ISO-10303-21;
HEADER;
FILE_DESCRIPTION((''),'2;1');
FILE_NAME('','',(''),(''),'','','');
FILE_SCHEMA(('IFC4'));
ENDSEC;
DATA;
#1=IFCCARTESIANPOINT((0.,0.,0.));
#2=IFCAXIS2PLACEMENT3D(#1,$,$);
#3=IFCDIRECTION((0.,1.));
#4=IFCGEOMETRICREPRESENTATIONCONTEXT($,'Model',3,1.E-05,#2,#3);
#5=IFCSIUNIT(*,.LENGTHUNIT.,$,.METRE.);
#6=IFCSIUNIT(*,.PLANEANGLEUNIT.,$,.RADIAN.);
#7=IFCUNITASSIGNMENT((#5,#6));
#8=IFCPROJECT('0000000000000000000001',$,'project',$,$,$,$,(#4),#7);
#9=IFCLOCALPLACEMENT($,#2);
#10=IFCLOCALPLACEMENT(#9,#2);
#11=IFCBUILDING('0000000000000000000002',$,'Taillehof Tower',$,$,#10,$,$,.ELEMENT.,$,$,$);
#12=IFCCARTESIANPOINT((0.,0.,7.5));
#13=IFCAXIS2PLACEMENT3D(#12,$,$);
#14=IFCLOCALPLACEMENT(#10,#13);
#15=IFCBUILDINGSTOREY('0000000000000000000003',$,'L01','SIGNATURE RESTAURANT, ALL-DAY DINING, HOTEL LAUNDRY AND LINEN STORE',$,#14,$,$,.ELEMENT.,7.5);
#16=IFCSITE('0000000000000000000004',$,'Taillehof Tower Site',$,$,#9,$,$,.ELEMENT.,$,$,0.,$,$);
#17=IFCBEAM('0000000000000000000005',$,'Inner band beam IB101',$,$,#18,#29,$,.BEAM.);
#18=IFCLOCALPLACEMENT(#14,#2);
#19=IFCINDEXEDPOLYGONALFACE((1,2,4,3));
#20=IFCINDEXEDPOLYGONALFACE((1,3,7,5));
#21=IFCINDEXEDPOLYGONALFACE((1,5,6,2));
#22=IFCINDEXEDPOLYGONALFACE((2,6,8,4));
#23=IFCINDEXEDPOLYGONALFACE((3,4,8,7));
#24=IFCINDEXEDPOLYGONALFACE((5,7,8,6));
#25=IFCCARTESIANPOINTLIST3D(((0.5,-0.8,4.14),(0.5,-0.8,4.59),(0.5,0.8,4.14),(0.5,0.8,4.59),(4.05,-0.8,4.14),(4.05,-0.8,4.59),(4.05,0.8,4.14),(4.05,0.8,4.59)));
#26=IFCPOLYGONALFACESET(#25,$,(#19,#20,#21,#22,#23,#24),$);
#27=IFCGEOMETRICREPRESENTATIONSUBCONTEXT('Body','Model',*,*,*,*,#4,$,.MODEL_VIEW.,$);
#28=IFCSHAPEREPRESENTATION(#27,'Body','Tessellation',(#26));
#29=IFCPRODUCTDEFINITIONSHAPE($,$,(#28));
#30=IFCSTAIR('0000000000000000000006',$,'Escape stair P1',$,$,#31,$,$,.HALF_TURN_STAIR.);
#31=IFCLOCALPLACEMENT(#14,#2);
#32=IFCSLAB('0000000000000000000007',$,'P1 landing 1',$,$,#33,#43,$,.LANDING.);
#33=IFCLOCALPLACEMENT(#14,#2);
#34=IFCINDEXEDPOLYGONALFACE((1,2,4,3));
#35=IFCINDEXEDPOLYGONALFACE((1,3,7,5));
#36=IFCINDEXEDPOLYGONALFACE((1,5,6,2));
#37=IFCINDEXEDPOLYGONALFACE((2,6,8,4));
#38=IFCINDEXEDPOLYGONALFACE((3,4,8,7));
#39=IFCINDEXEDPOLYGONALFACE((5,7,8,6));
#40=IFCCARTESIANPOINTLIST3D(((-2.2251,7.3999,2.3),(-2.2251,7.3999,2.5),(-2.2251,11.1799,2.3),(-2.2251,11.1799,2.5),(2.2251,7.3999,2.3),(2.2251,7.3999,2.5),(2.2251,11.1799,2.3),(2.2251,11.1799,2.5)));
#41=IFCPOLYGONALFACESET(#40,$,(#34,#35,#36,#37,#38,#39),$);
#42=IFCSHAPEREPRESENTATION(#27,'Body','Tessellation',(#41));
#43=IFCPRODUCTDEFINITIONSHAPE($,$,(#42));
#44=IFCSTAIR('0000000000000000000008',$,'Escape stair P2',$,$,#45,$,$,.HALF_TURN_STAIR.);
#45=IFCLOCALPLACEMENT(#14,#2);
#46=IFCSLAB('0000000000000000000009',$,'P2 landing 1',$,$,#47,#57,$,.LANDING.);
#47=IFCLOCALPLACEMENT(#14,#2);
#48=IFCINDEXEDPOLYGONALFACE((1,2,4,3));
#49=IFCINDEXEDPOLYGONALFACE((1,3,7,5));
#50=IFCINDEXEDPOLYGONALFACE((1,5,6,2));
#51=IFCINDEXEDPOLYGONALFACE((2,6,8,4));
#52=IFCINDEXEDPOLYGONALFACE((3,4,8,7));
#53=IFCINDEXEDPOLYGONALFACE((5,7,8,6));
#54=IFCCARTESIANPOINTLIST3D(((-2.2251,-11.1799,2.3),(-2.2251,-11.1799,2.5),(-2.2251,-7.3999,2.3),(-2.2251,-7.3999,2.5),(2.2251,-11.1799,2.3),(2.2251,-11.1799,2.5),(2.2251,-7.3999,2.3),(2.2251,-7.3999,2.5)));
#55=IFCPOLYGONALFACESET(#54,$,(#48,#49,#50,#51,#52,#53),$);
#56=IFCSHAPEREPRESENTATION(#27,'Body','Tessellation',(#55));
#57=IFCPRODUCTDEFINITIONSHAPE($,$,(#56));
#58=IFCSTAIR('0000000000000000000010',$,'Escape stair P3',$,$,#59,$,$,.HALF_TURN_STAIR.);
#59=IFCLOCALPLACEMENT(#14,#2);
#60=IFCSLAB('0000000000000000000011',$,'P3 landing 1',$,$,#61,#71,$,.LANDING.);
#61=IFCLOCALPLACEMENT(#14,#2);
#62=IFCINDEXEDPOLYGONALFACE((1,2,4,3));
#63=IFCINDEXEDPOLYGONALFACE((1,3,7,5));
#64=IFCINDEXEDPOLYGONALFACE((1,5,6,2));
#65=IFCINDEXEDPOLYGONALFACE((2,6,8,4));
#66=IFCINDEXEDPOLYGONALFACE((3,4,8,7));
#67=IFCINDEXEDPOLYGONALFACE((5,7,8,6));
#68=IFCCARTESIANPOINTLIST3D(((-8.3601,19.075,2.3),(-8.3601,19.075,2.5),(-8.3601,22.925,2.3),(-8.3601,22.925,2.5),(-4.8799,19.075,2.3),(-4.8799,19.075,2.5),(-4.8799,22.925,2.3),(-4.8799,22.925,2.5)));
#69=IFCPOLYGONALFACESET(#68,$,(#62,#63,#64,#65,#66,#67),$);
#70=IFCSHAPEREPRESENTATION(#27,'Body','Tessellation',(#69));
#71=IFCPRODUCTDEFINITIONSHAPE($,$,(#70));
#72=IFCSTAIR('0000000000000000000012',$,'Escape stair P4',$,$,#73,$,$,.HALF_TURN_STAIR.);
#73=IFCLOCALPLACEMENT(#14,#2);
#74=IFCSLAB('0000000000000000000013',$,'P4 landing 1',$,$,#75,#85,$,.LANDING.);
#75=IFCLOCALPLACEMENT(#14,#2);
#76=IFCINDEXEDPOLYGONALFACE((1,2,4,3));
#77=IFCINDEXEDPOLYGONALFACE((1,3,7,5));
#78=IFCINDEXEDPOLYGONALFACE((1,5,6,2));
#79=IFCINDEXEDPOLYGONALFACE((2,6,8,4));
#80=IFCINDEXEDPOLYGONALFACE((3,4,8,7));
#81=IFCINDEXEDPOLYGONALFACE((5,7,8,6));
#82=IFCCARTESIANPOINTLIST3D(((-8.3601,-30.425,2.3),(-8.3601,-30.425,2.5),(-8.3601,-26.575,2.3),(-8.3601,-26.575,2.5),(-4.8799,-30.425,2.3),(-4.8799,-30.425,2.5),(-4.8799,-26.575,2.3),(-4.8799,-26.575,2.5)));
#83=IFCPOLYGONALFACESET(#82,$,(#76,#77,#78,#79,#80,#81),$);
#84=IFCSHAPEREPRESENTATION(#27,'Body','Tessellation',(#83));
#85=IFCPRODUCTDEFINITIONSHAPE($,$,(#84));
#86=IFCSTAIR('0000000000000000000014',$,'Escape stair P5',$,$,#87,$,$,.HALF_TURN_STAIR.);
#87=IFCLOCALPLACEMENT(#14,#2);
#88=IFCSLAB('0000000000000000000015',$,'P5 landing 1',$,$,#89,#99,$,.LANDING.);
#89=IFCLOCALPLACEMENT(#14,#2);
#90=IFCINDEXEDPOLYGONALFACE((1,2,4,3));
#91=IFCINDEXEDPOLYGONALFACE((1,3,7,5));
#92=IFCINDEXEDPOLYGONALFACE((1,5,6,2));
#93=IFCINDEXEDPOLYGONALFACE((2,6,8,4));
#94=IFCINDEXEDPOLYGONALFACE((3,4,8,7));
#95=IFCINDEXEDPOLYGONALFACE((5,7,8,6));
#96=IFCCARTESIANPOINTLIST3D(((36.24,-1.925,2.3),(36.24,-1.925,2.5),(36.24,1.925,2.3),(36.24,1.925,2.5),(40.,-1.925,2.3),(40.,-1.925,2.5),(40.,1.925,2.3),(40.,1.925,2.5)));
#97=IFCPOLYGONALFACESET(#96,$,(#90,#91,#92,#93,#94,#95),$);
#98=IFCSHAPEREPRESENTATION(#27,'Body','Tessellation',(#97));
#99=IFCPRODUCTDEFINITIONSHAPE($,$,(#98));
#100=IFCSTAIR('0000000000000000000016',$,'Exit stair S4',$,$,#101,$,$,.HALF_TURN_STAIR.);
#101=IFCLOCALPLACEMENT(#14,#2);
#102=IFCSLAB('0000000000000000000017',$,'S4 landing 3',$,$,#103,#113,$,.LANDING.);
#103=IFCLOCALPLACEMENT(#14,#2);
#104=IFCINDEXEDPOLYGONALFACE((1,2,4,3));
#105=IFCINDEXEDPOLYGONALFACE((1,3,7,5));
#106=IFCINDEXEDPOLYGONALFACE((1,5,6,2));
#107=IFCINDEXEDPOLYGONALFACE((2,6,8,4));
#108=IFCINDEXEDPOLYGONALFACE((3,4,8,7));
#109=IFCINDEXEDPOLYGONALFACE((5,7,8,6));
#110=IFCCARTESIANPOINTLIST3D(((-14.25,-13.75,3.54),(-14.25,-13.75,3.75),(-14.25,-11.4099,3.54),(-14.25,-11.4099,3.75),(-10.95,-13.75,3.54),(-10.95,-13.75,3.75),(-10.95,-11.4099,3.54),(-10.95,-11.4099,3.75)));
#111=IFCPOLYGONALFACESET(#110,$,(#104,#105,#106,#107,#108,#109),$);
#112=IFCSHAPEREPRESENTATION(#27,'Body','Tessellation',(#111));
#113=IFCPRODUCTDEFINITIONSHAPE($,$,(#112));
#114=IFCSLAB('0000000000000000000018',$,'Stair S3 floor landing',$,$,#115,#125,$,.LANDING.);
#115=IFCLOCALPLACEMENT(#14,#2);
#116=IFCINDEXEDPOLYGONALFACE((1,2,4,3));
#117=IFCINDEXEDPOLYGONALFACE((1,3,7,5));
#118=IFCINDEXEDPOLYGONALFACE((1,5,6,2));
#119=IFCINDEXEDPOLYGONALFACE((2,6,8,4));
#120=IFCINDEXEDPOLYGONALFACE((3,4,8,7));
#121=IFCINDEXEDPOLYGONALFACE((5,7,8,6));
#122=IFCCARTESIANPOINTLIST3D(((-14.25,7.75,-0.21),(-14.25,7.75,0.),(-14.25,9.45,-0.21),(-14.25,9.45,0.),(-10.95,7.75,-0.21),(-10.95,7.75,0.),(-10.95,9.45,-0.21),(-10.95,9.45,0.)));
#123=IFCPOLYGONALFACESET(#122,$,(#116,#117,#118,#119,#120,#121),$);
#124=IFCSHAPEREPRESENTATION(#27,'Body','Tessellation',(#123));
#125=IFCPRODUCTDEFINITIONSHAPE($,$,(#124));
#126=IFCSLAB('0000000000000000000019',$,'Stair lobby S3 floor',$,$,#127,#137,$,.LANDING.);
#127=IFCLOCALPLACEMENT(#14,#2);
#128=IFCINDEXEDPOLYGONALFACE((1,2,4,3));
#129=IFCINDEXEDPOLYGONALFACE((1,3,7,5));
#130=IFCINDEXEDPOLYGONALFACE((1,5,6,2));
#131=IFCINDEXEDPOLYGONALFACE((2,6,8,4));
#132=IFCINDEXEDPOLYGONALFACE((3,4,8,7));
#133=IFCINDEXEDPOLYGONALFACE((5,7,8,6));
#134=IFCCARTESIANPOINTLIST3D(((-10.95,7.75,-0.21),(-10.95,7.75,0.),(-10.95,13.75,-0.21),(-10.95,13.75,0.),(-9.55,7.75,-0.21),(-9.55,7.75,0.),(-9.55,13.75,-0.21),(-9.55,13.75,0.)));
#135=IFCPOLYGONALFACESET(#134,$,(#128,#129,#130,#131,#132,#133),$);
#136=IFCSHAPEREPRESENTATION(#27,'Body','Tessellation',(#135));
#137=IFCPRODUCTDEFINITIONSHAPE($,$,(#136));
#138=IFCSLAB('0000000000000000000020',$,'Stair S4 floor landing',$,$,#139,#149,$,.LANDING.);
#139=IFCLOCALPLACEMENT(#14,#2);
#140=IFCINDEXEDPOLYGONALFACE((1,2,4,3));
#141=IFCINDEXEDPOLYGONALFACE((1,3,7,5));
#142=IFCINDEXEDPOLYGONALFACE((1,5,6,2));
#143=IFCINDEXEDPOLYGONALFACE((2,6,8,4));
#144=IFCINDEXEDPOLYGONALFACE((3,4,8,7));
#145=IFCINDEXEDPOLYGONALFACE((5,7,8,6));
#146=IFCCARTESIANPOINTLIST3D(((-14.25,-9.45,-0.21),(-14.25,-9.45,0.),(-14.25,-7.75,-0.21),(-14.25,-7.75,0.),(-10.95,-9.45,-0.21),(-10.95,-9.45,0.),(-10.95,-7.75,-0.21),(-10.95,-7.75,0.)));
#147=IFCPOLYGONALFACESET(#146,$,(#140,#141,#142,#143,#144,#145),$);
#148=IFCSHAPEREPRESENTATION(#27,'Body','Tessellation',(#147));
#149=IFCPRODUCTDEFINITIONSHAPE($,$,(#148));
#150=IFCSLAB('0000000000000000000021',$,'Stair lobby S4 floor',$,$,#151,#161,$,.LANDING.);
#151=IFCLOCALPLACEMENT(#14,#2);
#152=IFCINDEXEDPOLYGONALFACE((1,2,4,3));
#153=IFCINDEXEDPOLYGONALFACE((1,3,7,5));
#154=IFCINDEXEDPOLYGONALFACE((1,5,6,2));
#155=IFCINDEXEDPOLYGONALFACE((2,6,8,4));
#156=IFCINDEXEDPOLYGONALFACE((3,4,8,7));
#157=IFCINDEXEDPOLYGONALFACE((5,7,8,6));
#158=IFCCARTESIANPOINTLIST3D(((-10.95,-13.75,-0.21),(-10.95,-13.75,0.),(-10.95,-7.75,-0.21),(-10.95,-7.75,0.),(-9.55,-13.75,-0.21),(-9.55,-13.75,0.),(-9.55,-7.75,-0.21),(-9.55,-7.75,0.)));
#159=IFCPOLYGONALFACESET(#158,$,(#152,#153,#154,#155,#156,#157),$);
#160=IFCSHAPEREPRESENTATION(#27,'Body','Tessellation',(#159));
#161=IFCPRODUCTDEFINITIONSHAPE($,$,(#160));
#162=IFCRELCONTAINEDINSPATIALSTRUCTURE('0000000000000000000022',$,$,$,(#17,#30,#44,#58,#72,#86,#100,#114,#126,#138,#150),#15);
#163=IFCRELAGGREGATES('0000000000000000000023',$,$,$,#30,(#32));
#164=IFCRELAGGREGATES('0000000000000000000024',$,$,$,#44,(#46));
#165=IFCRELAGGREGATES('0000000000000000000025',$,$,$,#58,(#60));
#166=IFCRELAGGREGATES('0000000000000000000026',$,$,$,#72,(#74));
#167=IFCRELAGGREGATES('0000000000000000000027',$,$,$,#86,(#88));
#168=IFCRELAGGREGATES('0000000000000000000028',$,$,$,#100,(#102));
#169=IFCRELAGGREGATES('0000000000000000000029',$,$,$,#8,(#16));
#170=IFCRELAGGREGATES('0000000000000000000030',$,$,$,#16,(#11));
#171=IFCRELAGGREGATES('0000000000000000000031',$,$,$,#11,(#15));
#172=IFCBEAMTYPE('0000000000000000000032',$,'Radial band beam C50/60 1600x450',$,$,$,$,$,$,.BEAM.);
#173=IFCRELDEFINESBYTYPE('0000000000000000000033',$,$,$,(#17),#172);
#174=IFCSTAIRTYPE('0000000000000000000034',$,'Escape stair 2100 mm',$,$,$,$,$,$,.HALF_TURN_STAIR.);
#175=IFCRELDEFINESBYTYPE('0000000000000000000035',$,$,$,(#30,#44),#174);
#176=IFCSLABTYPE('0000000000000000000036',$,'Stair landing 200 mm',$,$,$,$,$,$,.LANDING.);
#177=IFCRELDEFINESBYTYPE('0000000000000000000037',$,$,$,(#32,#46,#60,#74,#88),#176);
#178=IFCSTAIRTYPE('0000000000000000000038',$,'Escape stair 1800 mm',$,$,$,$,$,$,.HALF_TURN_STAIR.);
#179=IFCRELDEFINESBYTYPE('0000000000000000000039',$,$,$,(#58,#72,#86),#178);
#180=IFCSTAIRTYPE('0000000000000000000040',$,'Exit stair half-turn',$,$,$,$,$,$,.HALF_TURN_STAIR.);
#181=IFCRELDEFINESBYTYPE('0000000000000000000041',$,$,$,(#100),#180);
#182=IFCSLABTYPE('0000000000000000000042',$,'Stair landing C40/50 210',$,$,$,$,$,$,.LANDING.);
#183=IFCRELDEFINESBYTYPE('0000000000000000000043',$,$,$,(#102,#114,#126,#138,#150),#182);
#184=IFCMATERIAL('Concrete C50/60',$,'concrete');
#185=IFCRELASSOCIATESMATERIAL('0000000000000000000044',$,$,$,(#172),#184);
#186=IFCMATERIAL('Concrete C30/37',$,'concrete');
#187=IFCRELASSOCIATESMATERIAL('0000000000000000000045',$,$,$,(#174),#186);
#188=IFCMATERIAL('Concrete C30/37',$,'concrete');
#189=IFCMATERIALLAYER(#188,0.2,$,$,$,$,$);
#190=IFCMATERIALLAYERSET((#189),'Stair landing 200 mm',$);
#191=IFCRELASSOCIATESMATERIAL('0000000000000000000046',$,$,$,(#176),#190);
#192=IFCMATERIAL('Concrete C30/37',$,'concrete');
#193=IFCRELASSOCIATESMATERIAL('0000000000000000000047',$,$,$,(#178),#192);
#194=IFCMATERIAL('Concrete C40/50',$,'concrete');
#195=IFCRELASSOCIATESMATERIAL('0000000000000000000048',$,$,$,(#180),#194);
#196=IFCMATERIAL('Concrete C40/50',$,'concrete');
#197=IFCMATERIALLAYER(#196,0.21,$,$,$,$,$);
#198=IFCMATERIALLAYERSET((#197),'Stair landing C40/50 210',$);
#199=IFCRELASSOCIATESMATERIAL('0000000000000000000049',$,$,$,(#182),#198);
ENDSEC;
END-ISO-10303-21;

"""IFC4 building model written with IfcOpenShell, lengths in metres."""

from ifc_helpers import new_model, si_unit, direction, frame, origin, origin_2d, place, context, subcontext, project, spatial, polyline, rectangle, outline, extrude, material, layer, layer_set, material_profile, profile_set, type_object, element, aggregate, save


model = new_model("IFC4")

# Units and contexts
model_context = context("Model", 3, precision=1e-05, world=origin(), true_north=direction((0.0, 1.0)))
body_context = subcontext(model_context, "Body", "Model", "MODEL_VIEW")
ifc_project = project(units=[si_unit("LENGTHUNIT", "METRE"), si_unit("PLANEANGLEUNIT", "RADIAN")], contexts=[model_context])

# Site, building, storey
site_placement = place(None, origin())
site = spatial("IfcSite", under=ifc_project, at=site_placement, Name="Taillehof Tower Site", CompositionType="ELEMENT", RefElevation=0.0)
building_placement = place(site_placement, origin())
building = spatial("IfcBuilding", under=site, at=building_placement, Name="Taillehof Tower", CompositionType="ELEMENT")
storey_placement = place(building_placement, frame((0.0, 0.0, 7.5)))
storey = spatial("IfcBuildingStorey", under=building, at=storey_placement, Name="L01", Description="SIGNATURE RESTAURANT, ALL-DAY DINING, HOTEL LAUNDRY AND LINEN STORE", CompositionType="ELEMENT", Elevation=7.5)

# Beam
ifc_material_1 = material(Name="Concrete C50/60", Category="concrete")
ifc_material_profile = material_profile(ifc_material_1, rectangle(XDim=1.6001, YDim=0.45, at=origin_2d()), Name="RC 1600x450")
ifc_profile_set = profile_set([ifc_material_profile], Name="Concrete C50/60")
beam_type = type_object("IfcBeamType", Name="Radial band beam C50/60 1600x450", PredefinedType="BEAM", material=ifc_profile_set)
beam_placement = place(storey_placement, frame((0.5, 0.0, 4.365), z_axis=(1.0, 0.0, 0.0), x_axis=(0.0, 1.0, 0.0)))
element("IfcBeam", 1, at=beam_placement, inside=storey, type_object=beam_type, Name="Inner band beam IB101", PredefinedType="BEAM", context=body_context, shape_type="SweptSolid", body=[
    extrude(rectangle(XDim=1.6001, YDim=0.45, at=origin_2d()), origin(), (0.0, 0.0, 1.0), 3.55),
])

# Stairs, slabs
ifc_material_2 = material(Name="Concrete C30/37", Category="concrete")
stair_type_1 = type_object("IfcStairType", Name="Escape stair 2100 mm", PredefinedType="HALF_TURN_STAIR", material=ifc_material_2)
stair_1_placement = place(storey_placement, origin())
stair_1 = element("IfcStair", 2, at=stair_1_placement, inside=storey, type_object=stair_type_1, Name="Escape stair P1", PredefinedType="HALF_TURN_STAIR")
ifc_material_3 = material(Name="Concrete C30/37", Category="concrete")
ifc_layer_1 = layer(ifc_material_3, 0.2)
ifc_layer_set_1 = layer_set([ifc_layer_1], Name="Stair landing 200 mm")
slab_type_1 = type_object("IfcSlabType", Name="Stair landing 200 mm", PredefinedType="LANDING", material=ifc_layer_set_1)
slab_1_placement = place(storey_placement, frame((0.0, 0.0, 2.3)))
slab_1 = element("IfcSlab", 3, at=slab_1_placement, type_object=slab_type_1, Name="P1 landing 1", PredefinedType="LANDING", context=body_context, shape_type="SweptSolid", body=[
    extrude(outline(polyline([(2.2251, 11.1799), (-2.2251, 11.1799), (-2.2251, 7.3999), (2.2251, 7.3999), (2.2251, 11.1799)])), origin(), (0.0, 0.0, 1.0), 0.2),
])
aggregate(stair_1, [slab_1])
stair_2_placement = place(storey_placement, origin())
stair_2 = element("IfcStair", 4, at=stair_2_placement, inside=storey, type_object=stair_type_1, Name="Escape stair P2", PredefinedType="HALF_TURN_STAIR")
slab_2_placement = place(storey_placement, frame((0.0, 0.0, 2.3)))
slab_2 = element("IfcSlab", 5, at=slab_2_placement, type_object=slab_type_1, Name="P2 landing 1", PredefinedType="LANDING", context=body_context, shape_type="SweptSolid", body=[
    extrude(outline(polyline([(-2.2251, -11.1799), (2.2251, -11.1799), (2.2251, -7.3999), (-2.2251, -7.3999), (-2.2251, -11.1799)])), origin(), (0.0, 0.0, 1.0), 0.2),
])
aggregate(stair_2, [slab_2])
ifc_material_4 = material(Name="Concrete C30/37", Category="concrete")
stair_type_2 = type_object("IfcStairType", Name="Escape stair 1800 mm", PredefinedType="HALF_TURN_STAIR", material=ifc_material_4)
stair_3_placement = place(storey_placement, origin())
stair_3 = element("IfcStair", 6, at=stair_3_placement, inside=storey, type_object=stair_type_2, Name="Escape stair P3", PredefinedType="HALF_TURN_STAIR")
slab_3_placement = place(storey_placement, frame((0.0, 0.0, 2.3)))
slab_3 = element("IfcSlab", 7, at=slab_3_placement, type_object=slab_type_1, Name="P3 landing 1", PredefinedType="LANDING", context=body_context, shape_type="SweptSolid", body=[
    extrude(outline(polyline([(-4.8799, 19.075), (-4.8799, 22.925), (-8.3601, 22.925), (-8.3601, 19.075), (-4.8799, 19.075)])), origin(), (0.0, 0.0, 1.0), 0.2),
])
aggregate(stair_3, [slab_3])
stair_4_placement = place(storey_placement, origin())
stair_4 = element("IfcStair", 8, at=stair_4_placement, inside=storey, type_object=stair_type_2, Name="Escape stair P4", PredefinedType="HALF_TURN_STAIR")
slab_4_placement = place(storey_placement, frame((0.0, 0.0, 2.3)))
slab_4 = element("IfcSlab", 9, at=slab_4_placement, type_object=slab_type_1, Name="P4 landing 1", PredefinedType="LANDING", context=body_context, shape_type="SweptSolid", body=[
    extrude(outline(polyline([(-4.8799, -30.425), (-4.8799, -26.575), (-8.3601, -26.575), (-8.3601, -30.425), (-4.8799, -30.425)])), origin(), (0.0, 0.0, 1.0), 0.2),
])
aggregate(stair_4, [slab_4])
stair_5_placement = place(storey_placement, origin())
stair_5 = element("IfcStair", 10, at=stair_5_placement, inside=storey, type_object=stair_type_2, Name="Escape stair P5", PredefinedType="HALF_TURN_STAIR")
slab_5_placement = place(storey_placement, frame((0.0, 0.0, 2.3)))
slab_5 = element("IfcSlab", 11, at=slab_5_placement, type_object=slab_type_1, Name="P5 landing 1", PredefinedType="LANDING", context=body_context, shape_type="SweptSolid", body=[
    extrude(outline(polyline([(36.24, 1.925), (36.24, -1.925), (40.0, -1.925), (40.0, 1.925), (36.24, 1.925)])), origin(), (0.0, 0.0, 1.0), 0.2),
])
aggregate(stair_5, [slab_5])
ifc_material_5 = material(Name="Concrete C40/50", Category="concrete")
stair_type_3 = type_object("IfcStairType", Name="Exit stair half-turn", PredefinedType="HALF_TURN_STAIR", material=ifc_material_5)
stair_6_placement = place(storey_placement, origin())
stair_6 = element("IfcStair", 12, at=stair_6_placement, inside=storey, type_object=stair_type_3, Name="Exit stair S4", PredefinedType="HALF_TURN_STAIR")
ifc_material_6 = material(Name="Concrete C40/50", Category="concrete")
ifc_layer_2 = layer(ifc_material_6, 0.21)
ifc_layer_set_2 = layer_set([ifc_layer_2], Name="Stair landing C40/50 210")
slab_type_2 = type_object("IfcSlabType", Name="Stair landing C40/50 210", PredefinedType="LANDING", material=ifc_layer_set_2)
slab_6_placement = place(storey_placement, frame((0.0, 0.0, 3.54)))
slab_6 = element("IfcSlab", 13, at=slab_6_placement, type_object=slab_type_2, Name="S4 landing 3", PredefinedType="LANDING", context=body_context, shape_type="SweptSolid", body=[
    extrude(outline(polyline([(-14.25, -11.4099), (-14.25, -13.75), (-10.95, -13.75), (-10.95, -11.4099), (-14.25, -11.4099)])), origin(), (0.0, 0.0, 1.0), 0.21),
])
aggregate(stair_6, [slab_6])

# Slabs
slab_7_placement = place(storey_placement, frame((0.0, 0.0, -0.21)))
element("IfcSlab", 14, at=slab_7_placement, inside=storey, type_object=slab_type_2, Name="Stair S3 floor landing", PredefinedType="LANDING", context=body_context, shape_type="SweptSolid", body=[
    extrude(outline(polyline([(-14.25, 7.75), (-14.25, 9.45), (-10.95, 9.45), (-10.95, 7.75), (-14.25, 7.75)])), origin(), (0.0, 0.0, 1.0), 0.21),
])
slab_8_placement = place(storey_placement, frame((0.0, 0.0, -0.21)))
element("IfcSlab", 15, at=slab_8_placement, inside=storey, type_object=slab_type_2, Name="Stair lobby S3 floor", PredefinedType="LANDING", context=body_context, shape_type="SweptSolid", body=[
    extrude(outline(polyline([(-10.95, 7.75), (-9.55, 7.75), (-9.55, 13.75), (-10.95, 13.75), (-10.95, 7.75)])), origin(), (0.0, 0.0, 1.0), 0.21),
])
slab_9_placement = place(storey_placement, frame((0.0, 0.0, -0.21)))
element("IfcSlab", 16, at=slab_9_placement, inside=storey, type_object=slab_type_2, Name="Stair S4 floor landing", PredefinedType="LANDING", context=body_context, shape_type="SweptSolid", body=[
    extrude(outline(polyline([(-14.25, -7.75), (-14.25, -9.45), (-10.95, -9.45), (-10.95, -7.75), (-14.25, -7.75)])), origin(), (0.0, 0.0, 1.0), 0.21),
])
slab_10_placement = place(storey_placement, frame((0.0, 0.0, -0.21)))
element("IfcSlab", 17, at=slab_10_placement, inside=storey, type_object=slab_type_2, Name="Stair lobby S4 floor", PredefinedType="LANDING", context=body_context, shape_type="SweptSolid", body=[
    extrude(outline(polyline([(-10.95, -13.75), (-9.55, -13.75), (-9.55, -7.75), (-10.95, -7.75), (-10.95, -13.75)])), origin(), (0.0, 0.0, 1.0), 0.21),
])

save(model, "model.ifc")
